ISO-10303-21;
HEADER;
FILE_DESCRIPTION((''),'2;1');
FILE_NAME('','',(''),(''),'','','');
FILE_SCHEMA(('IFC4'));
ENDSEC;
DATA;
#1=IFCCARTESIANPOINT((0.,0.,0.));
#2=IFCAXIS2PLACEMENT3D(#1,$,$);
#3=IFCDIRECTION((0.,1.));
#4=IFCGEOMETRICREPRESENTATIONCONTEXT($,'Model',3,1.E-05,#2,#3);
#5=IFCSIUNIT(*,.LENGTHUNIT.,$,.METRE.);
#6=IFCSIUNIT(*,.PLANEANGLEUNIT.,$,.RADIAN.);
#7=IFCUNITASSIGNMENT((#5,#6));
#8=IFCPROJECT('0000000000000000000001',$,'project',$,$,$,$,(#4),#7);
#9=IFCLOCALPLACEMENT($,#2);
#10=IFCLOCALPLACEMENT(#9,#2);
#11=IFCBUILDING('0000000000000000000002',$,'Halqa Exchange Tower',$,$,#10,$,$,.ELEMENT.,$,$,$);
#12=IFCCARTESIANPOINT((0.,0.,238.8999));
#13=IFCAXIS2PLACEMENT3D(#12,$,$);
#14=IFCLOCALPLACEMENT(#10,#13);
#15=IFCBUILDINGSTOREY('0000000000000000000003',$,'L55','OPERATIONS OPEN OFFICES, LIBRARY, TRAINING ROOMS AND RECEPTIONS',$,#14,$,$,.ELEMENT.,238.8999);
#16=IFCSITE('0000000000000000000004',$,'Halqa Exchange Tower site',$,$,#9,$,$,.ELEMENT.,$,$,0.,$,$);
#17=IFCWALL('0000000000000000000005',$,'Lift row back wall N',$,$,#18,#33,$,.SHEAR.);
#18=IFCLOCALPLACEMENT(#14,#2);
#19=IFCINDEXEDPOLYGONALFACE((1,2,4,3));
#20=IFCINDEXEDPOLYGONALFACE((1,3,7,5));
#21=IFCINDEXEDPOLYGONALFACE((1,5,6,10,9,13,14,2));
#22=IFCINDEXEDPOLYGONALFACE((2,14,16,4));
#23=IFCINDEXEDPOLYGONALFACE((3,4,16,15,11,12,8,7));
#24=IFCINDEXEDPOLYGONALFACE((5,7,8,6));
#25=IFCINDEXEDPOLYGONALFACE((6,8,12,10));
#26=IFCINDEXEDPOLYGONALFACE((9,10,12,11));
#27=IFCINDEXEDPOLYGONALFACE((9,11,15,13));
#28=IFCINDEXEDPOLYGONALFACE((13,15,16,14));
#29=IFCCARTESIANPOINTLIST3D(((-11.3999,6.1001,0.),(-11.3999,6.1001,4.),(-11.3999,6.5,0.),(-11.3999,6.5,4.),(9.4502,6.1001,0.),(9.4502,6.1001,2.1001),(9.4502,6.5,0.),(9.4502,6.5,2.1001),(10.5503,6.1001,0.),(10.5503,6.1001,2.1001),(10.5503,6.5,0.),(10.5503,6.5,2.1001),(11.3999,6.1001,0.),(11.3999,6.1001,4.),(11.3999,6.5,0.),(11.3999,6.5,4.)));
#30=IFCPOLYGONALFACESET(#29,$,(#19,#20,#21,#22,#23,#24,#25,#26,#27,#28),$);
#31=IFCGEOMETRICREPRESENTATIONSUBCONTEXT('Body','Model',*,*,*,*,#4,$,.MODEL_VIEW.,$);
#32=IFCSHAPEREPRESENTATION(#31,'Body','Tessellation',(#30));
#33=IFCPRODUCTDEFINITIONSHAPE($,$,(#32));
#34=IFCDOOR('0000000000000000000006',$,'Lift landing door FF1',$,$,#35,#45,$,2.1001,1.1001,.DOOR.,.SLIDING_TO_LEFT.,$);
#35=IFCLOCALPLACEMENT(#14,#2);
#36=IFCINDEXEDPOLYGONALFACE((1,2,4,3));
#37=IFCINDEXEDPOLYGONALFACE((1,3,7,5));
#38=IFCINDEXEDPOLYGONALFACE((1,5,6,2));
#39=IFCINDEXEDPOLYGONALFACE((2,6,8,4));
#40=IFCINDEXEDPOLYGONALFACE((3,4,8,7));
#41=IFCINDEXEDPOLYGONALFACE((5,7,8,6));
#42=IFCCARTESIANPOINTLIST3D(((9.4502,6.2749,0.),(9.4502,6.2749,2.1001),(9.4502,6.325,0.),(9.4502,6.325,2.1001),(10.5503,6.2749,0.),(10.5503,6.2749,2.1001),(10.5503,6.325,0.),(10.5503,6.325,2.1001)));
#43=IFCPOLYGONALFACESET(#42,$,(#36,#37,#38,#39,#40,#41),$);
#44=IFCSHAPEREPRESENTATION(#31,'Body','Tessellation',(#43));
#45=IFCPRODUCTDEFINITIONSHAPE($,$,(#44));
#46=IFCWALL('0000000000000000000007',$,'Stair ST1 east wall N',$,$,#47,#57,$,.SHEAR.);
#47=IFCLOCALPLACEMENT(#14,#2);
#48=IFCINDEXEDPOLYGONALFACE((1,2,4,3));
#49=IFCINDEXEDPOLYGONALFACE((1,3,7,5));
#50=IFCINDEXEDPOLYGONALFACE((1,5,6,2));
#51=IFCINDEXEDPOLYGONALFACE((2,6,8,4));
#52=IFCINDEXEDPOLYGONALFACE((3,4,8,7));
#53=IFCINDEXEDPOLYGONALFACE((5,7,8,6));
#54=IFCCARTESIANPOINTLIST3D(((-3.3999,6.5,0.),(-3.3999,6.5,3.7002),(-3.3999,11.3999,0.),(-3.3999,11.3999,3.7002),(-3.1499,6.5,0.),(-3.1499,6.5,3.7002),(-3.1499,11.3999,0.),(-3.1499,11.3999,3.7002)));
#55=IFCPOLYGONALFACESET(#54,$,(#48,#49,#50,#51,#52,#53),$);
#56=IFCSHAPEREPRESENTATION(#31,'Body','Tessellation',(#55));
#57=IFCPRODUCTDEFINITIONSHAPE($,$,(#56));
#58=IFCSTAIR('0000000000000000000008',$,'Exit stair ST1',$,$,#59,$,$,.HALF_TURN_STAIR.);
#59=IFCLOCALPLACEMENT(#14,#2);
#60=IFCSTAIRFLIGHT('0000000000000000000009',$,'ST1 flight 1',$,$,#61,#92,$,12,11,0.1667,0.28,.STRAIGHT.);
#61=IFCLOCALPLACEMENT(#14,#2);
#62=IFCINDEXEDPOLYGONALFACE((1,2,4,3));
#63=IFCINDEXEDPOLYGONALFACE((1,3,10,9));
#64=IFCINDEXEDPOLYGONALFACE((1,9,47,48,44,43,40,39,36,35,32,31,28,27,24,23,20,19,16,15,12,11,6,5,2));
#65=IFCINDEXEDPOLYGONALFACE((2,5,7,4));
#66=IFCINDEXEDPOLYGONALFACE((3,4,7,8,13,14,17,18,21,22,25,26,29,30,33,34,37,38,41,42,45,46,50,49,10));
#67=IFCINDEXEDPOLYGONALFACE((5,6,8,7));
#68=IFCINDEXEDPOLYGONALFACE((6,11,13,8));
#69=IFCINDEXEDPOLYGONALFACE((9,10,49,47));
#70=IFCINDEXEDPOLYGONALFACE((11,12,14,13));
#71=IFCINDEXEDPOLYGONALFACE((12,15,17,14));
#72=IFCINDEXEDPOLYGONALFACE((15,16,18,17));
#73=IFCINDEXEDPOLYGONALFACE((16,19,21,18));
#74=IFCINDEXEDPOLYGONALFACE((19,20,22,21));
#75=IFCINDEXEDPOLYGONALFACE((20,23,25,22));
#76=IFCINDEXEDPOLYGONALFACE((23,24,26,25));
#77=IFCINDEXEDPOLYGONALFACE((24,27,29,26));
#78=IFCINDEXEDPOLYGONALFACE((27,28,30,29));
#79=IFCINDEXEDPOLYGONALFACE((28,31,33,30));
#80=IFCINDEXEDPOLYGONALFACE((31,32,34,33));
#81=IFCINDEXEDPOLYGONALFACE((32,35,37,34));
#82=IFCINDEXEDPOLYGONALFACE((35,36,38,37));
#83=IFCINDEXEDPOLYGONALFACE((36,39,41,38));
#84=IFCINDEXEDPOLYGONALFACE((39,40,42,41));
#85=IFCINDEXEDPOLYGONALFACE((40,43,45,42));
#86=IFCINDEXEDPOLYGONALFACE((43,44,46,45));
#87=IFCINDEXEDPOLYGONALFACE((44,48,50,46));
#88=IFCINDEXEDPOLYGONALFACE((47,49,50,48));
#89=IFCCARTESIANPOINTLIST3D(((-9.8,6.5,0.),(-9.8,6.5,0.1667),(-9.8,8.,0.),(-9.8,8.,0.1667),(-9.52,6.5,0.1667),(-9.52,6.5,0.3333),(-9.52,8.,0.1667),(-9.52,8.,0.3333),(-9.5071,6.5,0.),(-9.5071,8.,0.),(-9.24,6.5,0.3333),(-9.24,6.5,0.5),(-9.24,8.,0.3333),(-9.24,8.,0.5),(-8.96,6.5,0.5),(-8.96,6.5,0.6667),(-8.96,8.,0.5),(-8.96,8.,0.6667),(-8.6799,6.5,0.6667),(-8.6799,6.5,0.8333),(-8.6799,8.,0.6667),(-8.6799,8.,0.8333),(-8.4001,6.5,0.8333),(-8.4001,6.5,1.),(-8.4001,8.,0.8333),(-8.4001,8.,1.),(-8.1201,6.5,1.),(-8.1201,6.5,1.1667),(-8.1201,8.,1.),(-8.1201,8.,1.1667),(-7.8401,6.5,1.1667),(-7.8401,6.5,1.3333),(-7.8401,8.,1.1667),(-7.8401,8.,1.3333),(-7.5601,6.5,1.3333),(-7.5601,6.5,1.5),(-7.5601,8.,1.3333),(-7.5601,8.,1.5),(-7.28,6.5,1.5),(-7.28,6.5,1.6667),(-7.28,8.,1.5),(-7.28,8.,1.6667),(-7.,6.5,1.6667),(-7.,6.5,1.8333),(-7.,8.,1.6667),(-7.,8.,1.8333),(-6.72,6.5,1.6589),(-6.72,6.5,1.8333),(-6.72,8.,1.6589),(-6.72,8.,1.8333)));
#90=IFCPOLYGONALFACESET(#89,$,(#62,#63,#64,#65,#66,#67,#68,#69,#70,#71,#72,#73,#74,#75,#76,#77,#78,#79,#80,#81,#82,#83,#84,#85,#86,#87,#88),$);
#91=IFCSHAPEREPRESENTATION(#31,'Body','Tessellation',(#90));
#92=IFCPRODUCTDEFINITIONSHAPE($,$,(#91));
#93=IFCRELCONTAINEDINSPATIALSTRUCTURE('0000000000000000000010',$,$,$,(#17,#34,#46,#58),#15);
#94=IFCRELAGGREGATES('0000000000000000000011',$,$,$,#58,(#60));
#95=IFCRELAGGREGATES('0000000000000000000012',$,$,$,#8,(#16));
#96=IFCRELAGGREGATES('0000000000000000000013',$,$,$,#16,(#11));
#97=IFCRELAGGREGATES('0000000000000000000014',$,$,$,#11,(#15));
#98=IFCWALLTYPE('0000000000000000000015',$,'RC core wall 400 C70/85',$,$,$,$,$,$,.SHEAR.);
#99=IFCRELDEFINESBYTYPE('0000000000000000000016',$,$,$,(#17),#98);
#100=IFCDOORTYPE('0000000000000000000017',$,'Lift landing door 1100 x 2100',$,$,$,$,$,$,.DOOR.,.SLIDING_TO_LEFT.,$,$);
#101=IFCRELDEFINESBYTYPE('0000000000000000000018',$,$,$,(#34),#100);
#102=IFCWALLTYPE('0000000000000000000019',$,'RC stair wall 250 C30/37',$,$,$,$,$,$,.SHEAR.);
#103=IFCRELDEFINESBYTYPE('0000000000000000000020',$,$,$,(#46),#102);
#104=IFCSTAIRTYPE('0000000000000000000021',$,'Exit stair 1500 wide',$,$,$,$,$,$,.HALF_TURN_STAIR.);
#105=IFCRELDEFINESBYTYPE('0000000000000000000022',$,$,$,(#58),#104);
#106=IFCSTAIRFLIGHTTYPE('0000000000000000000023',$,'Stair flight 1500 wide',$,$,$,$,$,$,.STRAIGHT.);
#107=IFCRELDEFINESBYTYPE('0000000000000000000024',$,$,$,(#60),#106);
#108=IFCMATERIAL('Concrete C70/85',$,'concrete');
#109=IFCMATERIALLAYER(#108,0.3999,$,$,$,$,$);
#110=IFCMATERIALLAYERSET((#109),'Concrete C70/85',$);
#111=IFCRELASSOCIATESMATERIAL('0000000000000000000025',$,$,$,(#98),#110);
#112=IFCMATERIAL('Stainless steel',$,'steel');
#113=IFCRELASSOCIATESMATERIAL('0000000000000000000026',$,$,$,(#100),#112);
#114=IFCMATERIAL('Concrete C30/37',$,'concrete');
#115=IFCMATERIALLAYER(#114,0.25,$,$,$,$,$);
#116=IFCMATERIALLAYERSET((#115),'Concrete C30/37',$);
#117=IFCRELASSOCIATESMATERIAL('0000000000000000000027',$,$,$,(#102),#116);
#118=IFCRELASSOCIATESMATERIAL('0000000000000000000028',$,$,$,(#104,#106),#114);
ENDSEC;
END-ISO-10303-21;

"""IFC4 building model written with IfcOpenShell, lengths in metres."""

from ifc_helpers import new_model, si_unit, direction, frame, frame_2d, origin, place, context, subcontext, project, spatial, polyline, rectangle, outline, extrude, material, layer, layer_set, type_object, element, fill, aggregate, save


model = new_model("IFC4")

# Units and contexts
model_context = context("Model", 3, precision=1e-05, world=origin(), true_north=direction((0.0, 1.0)))
body_context = subcontext(model_context, "Body", "Model", "MODEL_VIEW")
ifc_project = project(units=[si_unit("LENGTHUNIT", "METRE"), si_unit("PLANEANGLEUNIT", "RADIAN")], contexts=[model_context])

# Site, building, storey
site_placement = place(None, origin())
site = spatial("IfcSite", under=ifc_project, at=site_placement, Name="Halqa Exchange Tower site", CompositionType="ELEMENT", RefElevation=0.0)
building_placement = place(site_placement, origin())
building = spatial("IfcBuilding", under=site, at=building_placement, Name="Halqa Exchange Tower", CompositionType="ELEMENT")
storey_placement = place(building_placement, frame((0.0, 0.0, 238.8999)))
storey = spatial("IfcBuildingStorey", under=building, at=storey_placement, Name="L55", Description="OPERATIONS OPEN OFFICES, LIBRARY, TRAINING ROOMS AND RECEPTIONS", CompositionType="ELEMENT", Elevation=238.8999)

# Shared definitions
ifc_material_1 = material(Name="Concrete C70/85", Category="concrete")
ifc_layer_1 = layer(ifc_material_1, 0.3999)
ifc_layer_set_1 = layer_set([ifc_layer_1], Name="Concrete C70/85")
wall_type_1 = type_object("IfcWallType", Name="RC core wall 400 C70/85", PredefinedType="SHEAR", material=ifc_layer_set_1)
ifc_material_2 = material(Name="Stainless steel", Category="steel")
door_type_1 = type_object("IfcDoorType", Name="Lift landing door 1100 x 2100", OperationType="SLIDING_TO_LEFT", PredefinedType="DOOR", material=ifc_material_2)

# Wall, opening, door
wall_1_placement = place(storey_placement, frame((-11.3999, 6.3, 0.0), z_axis=(0.0, 0.0, 1.0), x_axis=(1.0, 0.0, 0.0)))
wall_1 = element("IfcWall", 1, at=wall_1_placement, inside=storey, type_object=wall_type_1, Name="Lift row back wall N", PredefinedType="SHEAR", context=body_context, shape_type="SweptSolid", body=[
    extrude(rectangle(XDim=22.7998, YDim=0.3999, at=frame_2d((11.3999, 0.0))), origin(), (0.0, 0.0, 1.0), 4.0),
])
opening_1_placement = place(wall_1_placement, frame((20.8501, 0.0, 0.0)))
opening_1 = element("IfcOpeningElement", 2, at=opening_1_placement, cuts=wall_1, PredefinedType="OPENING", context=body_context, shape_type="SweptSolid", body=[
    extrude(rectangle(XDim=1.1001, YDim=2.1001, at=frame_2d((0.55, 1.05))), frame((0.0, 0.2119, 0.0), z_axis=(0.0, -1.0, 0.0), x_axis=(1.0, 0.0, 0.0)), (0.0, 0.0, 1.0), 0.4238),
])
door_1_placement = place(opening_1_placement, origin())
door_1 = element("IfcDoor", 3, at=door_1_placement, inside=storey, type_object=door_type_1, Name="Lift landing door FF1", OperationType="SLIDING_TO_LEFT", OverallHeight=2.1001, OverallWidth=1.1001, PredefinedType="DOOR", context=body_context, shape_type="SweptSolid", body=[
    extrude(rectangle(XDim=1.1001, YDim=2.1001, at=frame_2d((0.55, 1.05))), frame((0.0, 0.0249, 0.0), z_axis=(0.0, -1.0, 0.0), x_axis=(1.0, 0.0, 0.0)), (0.0, 0.0, 1.0), 0.05),
])
fill(opening_1, door_1)

# Wall
ifc_material_3 = material(Name="Concrete C30/37", Category="concrete")
ifc_layer_2 = layer(ifc_material_3, 0.25)
ifc_layer_set_2 = layer_set([ifc_layer_2], Name="Concrete C30/37")
wall_type_2 = type_object("IfcWallType", Name="RC stair wall 250 C30/37", PredefinedType="SHEAR", material=ifc_layer_set_2)
wall_2_placement = place(storey_placement, frame((-3.2749, 6.5, 0.0), z_axis=(0.0, 0.0, 1.0), x_axis=(0.0, 1.0, 0.0)))
element("IfcWall", 4, at=wall_2_placement, inside=storey, type_object=wall_type_2, Name="Stair ST1 east wall N", PredefinedType="SHEAR", context=body_context, shape_type="SweptSolid", body=[
    extrude(rectangle(XDim=4.8999, YDim=0.25, at=frame_2d((2.45, 0.0))), origin(), (0.0, 0.0, 1.0), 3.7002),
])

# Stair, stair flight
stair_type = type_object("IfcStairType", Name="Exit stair 1500 wide", PredefinedType="HALF_TURN_STAIR", material=ifc_material_3)
stair_placement = place(storey_placement, origin())
stair = element("IfcStair", 5, at=stair_placement, inside=storey, type_object=stair_type, Name="Exit stair ST1", PredefinedType="HALF_TURN_STAIR")
stair_flight_type = type_object("IfcStairFlightType", Name="Stair flight 1500 wide", PredefinedType="STRAIGHT", material=ifc_material_3)
stair_flight_placement = place(storey_placement, frame((-9.8, 7.25, 0.0), z_axis=(0.0, 0.0, 1.0), x_axis=(1.0, 0.0, 0.0)))
stair_flight = element("IfcStairFlight", 6, at=stair_flight_placement, type_object=stair_flight_type, Name="ST1 flight 1", NumberOfRisers=12, NumberOfTreads=11, PredefinedType="STRAIGHT", RiserHeight=0.1667, TreadLength=0.28, context=body_context, shape_type="SweptSolid", body=[
    extrude(outline(polyline([(0.0, 0.0), (0.0, 0.1667), (0.28, 0.1667), (0.28, 0.3333), (0.5601, 0.3333), (0.5601, 0.5), (0.8401, 0.5), (0.8401, 0.6667), (1.1201, 0.6667), (1.1201, 0.8333), (1.3999, 0.8333), (1.3999, 1.0), (1.6799, 1.0), (1.6799, 1.1667), (1.96, 1.1667), (1.96, 1.3333), (2.24, 1.3333), (2.24, 1.5), (2.52, 1.5), (2.52, 1.6667), (2.8, 1.6667), (2.8, 1.8333), (3.0801, 1.8333), (3.0801, 2.0), (3.0801, 1.6589), (0.293, 0.0), (0.0, 0.0)])), frame((0.0, 0.75, 0.0), z_axis=(0.0, -1.0, 0.0), x_axis=(1.0, 0.0, 0.0)), (0.0, 0.0, 1.0), 1.5),
])
aggregate(stair, [stair_flight])

save(model, "model.ifc")
